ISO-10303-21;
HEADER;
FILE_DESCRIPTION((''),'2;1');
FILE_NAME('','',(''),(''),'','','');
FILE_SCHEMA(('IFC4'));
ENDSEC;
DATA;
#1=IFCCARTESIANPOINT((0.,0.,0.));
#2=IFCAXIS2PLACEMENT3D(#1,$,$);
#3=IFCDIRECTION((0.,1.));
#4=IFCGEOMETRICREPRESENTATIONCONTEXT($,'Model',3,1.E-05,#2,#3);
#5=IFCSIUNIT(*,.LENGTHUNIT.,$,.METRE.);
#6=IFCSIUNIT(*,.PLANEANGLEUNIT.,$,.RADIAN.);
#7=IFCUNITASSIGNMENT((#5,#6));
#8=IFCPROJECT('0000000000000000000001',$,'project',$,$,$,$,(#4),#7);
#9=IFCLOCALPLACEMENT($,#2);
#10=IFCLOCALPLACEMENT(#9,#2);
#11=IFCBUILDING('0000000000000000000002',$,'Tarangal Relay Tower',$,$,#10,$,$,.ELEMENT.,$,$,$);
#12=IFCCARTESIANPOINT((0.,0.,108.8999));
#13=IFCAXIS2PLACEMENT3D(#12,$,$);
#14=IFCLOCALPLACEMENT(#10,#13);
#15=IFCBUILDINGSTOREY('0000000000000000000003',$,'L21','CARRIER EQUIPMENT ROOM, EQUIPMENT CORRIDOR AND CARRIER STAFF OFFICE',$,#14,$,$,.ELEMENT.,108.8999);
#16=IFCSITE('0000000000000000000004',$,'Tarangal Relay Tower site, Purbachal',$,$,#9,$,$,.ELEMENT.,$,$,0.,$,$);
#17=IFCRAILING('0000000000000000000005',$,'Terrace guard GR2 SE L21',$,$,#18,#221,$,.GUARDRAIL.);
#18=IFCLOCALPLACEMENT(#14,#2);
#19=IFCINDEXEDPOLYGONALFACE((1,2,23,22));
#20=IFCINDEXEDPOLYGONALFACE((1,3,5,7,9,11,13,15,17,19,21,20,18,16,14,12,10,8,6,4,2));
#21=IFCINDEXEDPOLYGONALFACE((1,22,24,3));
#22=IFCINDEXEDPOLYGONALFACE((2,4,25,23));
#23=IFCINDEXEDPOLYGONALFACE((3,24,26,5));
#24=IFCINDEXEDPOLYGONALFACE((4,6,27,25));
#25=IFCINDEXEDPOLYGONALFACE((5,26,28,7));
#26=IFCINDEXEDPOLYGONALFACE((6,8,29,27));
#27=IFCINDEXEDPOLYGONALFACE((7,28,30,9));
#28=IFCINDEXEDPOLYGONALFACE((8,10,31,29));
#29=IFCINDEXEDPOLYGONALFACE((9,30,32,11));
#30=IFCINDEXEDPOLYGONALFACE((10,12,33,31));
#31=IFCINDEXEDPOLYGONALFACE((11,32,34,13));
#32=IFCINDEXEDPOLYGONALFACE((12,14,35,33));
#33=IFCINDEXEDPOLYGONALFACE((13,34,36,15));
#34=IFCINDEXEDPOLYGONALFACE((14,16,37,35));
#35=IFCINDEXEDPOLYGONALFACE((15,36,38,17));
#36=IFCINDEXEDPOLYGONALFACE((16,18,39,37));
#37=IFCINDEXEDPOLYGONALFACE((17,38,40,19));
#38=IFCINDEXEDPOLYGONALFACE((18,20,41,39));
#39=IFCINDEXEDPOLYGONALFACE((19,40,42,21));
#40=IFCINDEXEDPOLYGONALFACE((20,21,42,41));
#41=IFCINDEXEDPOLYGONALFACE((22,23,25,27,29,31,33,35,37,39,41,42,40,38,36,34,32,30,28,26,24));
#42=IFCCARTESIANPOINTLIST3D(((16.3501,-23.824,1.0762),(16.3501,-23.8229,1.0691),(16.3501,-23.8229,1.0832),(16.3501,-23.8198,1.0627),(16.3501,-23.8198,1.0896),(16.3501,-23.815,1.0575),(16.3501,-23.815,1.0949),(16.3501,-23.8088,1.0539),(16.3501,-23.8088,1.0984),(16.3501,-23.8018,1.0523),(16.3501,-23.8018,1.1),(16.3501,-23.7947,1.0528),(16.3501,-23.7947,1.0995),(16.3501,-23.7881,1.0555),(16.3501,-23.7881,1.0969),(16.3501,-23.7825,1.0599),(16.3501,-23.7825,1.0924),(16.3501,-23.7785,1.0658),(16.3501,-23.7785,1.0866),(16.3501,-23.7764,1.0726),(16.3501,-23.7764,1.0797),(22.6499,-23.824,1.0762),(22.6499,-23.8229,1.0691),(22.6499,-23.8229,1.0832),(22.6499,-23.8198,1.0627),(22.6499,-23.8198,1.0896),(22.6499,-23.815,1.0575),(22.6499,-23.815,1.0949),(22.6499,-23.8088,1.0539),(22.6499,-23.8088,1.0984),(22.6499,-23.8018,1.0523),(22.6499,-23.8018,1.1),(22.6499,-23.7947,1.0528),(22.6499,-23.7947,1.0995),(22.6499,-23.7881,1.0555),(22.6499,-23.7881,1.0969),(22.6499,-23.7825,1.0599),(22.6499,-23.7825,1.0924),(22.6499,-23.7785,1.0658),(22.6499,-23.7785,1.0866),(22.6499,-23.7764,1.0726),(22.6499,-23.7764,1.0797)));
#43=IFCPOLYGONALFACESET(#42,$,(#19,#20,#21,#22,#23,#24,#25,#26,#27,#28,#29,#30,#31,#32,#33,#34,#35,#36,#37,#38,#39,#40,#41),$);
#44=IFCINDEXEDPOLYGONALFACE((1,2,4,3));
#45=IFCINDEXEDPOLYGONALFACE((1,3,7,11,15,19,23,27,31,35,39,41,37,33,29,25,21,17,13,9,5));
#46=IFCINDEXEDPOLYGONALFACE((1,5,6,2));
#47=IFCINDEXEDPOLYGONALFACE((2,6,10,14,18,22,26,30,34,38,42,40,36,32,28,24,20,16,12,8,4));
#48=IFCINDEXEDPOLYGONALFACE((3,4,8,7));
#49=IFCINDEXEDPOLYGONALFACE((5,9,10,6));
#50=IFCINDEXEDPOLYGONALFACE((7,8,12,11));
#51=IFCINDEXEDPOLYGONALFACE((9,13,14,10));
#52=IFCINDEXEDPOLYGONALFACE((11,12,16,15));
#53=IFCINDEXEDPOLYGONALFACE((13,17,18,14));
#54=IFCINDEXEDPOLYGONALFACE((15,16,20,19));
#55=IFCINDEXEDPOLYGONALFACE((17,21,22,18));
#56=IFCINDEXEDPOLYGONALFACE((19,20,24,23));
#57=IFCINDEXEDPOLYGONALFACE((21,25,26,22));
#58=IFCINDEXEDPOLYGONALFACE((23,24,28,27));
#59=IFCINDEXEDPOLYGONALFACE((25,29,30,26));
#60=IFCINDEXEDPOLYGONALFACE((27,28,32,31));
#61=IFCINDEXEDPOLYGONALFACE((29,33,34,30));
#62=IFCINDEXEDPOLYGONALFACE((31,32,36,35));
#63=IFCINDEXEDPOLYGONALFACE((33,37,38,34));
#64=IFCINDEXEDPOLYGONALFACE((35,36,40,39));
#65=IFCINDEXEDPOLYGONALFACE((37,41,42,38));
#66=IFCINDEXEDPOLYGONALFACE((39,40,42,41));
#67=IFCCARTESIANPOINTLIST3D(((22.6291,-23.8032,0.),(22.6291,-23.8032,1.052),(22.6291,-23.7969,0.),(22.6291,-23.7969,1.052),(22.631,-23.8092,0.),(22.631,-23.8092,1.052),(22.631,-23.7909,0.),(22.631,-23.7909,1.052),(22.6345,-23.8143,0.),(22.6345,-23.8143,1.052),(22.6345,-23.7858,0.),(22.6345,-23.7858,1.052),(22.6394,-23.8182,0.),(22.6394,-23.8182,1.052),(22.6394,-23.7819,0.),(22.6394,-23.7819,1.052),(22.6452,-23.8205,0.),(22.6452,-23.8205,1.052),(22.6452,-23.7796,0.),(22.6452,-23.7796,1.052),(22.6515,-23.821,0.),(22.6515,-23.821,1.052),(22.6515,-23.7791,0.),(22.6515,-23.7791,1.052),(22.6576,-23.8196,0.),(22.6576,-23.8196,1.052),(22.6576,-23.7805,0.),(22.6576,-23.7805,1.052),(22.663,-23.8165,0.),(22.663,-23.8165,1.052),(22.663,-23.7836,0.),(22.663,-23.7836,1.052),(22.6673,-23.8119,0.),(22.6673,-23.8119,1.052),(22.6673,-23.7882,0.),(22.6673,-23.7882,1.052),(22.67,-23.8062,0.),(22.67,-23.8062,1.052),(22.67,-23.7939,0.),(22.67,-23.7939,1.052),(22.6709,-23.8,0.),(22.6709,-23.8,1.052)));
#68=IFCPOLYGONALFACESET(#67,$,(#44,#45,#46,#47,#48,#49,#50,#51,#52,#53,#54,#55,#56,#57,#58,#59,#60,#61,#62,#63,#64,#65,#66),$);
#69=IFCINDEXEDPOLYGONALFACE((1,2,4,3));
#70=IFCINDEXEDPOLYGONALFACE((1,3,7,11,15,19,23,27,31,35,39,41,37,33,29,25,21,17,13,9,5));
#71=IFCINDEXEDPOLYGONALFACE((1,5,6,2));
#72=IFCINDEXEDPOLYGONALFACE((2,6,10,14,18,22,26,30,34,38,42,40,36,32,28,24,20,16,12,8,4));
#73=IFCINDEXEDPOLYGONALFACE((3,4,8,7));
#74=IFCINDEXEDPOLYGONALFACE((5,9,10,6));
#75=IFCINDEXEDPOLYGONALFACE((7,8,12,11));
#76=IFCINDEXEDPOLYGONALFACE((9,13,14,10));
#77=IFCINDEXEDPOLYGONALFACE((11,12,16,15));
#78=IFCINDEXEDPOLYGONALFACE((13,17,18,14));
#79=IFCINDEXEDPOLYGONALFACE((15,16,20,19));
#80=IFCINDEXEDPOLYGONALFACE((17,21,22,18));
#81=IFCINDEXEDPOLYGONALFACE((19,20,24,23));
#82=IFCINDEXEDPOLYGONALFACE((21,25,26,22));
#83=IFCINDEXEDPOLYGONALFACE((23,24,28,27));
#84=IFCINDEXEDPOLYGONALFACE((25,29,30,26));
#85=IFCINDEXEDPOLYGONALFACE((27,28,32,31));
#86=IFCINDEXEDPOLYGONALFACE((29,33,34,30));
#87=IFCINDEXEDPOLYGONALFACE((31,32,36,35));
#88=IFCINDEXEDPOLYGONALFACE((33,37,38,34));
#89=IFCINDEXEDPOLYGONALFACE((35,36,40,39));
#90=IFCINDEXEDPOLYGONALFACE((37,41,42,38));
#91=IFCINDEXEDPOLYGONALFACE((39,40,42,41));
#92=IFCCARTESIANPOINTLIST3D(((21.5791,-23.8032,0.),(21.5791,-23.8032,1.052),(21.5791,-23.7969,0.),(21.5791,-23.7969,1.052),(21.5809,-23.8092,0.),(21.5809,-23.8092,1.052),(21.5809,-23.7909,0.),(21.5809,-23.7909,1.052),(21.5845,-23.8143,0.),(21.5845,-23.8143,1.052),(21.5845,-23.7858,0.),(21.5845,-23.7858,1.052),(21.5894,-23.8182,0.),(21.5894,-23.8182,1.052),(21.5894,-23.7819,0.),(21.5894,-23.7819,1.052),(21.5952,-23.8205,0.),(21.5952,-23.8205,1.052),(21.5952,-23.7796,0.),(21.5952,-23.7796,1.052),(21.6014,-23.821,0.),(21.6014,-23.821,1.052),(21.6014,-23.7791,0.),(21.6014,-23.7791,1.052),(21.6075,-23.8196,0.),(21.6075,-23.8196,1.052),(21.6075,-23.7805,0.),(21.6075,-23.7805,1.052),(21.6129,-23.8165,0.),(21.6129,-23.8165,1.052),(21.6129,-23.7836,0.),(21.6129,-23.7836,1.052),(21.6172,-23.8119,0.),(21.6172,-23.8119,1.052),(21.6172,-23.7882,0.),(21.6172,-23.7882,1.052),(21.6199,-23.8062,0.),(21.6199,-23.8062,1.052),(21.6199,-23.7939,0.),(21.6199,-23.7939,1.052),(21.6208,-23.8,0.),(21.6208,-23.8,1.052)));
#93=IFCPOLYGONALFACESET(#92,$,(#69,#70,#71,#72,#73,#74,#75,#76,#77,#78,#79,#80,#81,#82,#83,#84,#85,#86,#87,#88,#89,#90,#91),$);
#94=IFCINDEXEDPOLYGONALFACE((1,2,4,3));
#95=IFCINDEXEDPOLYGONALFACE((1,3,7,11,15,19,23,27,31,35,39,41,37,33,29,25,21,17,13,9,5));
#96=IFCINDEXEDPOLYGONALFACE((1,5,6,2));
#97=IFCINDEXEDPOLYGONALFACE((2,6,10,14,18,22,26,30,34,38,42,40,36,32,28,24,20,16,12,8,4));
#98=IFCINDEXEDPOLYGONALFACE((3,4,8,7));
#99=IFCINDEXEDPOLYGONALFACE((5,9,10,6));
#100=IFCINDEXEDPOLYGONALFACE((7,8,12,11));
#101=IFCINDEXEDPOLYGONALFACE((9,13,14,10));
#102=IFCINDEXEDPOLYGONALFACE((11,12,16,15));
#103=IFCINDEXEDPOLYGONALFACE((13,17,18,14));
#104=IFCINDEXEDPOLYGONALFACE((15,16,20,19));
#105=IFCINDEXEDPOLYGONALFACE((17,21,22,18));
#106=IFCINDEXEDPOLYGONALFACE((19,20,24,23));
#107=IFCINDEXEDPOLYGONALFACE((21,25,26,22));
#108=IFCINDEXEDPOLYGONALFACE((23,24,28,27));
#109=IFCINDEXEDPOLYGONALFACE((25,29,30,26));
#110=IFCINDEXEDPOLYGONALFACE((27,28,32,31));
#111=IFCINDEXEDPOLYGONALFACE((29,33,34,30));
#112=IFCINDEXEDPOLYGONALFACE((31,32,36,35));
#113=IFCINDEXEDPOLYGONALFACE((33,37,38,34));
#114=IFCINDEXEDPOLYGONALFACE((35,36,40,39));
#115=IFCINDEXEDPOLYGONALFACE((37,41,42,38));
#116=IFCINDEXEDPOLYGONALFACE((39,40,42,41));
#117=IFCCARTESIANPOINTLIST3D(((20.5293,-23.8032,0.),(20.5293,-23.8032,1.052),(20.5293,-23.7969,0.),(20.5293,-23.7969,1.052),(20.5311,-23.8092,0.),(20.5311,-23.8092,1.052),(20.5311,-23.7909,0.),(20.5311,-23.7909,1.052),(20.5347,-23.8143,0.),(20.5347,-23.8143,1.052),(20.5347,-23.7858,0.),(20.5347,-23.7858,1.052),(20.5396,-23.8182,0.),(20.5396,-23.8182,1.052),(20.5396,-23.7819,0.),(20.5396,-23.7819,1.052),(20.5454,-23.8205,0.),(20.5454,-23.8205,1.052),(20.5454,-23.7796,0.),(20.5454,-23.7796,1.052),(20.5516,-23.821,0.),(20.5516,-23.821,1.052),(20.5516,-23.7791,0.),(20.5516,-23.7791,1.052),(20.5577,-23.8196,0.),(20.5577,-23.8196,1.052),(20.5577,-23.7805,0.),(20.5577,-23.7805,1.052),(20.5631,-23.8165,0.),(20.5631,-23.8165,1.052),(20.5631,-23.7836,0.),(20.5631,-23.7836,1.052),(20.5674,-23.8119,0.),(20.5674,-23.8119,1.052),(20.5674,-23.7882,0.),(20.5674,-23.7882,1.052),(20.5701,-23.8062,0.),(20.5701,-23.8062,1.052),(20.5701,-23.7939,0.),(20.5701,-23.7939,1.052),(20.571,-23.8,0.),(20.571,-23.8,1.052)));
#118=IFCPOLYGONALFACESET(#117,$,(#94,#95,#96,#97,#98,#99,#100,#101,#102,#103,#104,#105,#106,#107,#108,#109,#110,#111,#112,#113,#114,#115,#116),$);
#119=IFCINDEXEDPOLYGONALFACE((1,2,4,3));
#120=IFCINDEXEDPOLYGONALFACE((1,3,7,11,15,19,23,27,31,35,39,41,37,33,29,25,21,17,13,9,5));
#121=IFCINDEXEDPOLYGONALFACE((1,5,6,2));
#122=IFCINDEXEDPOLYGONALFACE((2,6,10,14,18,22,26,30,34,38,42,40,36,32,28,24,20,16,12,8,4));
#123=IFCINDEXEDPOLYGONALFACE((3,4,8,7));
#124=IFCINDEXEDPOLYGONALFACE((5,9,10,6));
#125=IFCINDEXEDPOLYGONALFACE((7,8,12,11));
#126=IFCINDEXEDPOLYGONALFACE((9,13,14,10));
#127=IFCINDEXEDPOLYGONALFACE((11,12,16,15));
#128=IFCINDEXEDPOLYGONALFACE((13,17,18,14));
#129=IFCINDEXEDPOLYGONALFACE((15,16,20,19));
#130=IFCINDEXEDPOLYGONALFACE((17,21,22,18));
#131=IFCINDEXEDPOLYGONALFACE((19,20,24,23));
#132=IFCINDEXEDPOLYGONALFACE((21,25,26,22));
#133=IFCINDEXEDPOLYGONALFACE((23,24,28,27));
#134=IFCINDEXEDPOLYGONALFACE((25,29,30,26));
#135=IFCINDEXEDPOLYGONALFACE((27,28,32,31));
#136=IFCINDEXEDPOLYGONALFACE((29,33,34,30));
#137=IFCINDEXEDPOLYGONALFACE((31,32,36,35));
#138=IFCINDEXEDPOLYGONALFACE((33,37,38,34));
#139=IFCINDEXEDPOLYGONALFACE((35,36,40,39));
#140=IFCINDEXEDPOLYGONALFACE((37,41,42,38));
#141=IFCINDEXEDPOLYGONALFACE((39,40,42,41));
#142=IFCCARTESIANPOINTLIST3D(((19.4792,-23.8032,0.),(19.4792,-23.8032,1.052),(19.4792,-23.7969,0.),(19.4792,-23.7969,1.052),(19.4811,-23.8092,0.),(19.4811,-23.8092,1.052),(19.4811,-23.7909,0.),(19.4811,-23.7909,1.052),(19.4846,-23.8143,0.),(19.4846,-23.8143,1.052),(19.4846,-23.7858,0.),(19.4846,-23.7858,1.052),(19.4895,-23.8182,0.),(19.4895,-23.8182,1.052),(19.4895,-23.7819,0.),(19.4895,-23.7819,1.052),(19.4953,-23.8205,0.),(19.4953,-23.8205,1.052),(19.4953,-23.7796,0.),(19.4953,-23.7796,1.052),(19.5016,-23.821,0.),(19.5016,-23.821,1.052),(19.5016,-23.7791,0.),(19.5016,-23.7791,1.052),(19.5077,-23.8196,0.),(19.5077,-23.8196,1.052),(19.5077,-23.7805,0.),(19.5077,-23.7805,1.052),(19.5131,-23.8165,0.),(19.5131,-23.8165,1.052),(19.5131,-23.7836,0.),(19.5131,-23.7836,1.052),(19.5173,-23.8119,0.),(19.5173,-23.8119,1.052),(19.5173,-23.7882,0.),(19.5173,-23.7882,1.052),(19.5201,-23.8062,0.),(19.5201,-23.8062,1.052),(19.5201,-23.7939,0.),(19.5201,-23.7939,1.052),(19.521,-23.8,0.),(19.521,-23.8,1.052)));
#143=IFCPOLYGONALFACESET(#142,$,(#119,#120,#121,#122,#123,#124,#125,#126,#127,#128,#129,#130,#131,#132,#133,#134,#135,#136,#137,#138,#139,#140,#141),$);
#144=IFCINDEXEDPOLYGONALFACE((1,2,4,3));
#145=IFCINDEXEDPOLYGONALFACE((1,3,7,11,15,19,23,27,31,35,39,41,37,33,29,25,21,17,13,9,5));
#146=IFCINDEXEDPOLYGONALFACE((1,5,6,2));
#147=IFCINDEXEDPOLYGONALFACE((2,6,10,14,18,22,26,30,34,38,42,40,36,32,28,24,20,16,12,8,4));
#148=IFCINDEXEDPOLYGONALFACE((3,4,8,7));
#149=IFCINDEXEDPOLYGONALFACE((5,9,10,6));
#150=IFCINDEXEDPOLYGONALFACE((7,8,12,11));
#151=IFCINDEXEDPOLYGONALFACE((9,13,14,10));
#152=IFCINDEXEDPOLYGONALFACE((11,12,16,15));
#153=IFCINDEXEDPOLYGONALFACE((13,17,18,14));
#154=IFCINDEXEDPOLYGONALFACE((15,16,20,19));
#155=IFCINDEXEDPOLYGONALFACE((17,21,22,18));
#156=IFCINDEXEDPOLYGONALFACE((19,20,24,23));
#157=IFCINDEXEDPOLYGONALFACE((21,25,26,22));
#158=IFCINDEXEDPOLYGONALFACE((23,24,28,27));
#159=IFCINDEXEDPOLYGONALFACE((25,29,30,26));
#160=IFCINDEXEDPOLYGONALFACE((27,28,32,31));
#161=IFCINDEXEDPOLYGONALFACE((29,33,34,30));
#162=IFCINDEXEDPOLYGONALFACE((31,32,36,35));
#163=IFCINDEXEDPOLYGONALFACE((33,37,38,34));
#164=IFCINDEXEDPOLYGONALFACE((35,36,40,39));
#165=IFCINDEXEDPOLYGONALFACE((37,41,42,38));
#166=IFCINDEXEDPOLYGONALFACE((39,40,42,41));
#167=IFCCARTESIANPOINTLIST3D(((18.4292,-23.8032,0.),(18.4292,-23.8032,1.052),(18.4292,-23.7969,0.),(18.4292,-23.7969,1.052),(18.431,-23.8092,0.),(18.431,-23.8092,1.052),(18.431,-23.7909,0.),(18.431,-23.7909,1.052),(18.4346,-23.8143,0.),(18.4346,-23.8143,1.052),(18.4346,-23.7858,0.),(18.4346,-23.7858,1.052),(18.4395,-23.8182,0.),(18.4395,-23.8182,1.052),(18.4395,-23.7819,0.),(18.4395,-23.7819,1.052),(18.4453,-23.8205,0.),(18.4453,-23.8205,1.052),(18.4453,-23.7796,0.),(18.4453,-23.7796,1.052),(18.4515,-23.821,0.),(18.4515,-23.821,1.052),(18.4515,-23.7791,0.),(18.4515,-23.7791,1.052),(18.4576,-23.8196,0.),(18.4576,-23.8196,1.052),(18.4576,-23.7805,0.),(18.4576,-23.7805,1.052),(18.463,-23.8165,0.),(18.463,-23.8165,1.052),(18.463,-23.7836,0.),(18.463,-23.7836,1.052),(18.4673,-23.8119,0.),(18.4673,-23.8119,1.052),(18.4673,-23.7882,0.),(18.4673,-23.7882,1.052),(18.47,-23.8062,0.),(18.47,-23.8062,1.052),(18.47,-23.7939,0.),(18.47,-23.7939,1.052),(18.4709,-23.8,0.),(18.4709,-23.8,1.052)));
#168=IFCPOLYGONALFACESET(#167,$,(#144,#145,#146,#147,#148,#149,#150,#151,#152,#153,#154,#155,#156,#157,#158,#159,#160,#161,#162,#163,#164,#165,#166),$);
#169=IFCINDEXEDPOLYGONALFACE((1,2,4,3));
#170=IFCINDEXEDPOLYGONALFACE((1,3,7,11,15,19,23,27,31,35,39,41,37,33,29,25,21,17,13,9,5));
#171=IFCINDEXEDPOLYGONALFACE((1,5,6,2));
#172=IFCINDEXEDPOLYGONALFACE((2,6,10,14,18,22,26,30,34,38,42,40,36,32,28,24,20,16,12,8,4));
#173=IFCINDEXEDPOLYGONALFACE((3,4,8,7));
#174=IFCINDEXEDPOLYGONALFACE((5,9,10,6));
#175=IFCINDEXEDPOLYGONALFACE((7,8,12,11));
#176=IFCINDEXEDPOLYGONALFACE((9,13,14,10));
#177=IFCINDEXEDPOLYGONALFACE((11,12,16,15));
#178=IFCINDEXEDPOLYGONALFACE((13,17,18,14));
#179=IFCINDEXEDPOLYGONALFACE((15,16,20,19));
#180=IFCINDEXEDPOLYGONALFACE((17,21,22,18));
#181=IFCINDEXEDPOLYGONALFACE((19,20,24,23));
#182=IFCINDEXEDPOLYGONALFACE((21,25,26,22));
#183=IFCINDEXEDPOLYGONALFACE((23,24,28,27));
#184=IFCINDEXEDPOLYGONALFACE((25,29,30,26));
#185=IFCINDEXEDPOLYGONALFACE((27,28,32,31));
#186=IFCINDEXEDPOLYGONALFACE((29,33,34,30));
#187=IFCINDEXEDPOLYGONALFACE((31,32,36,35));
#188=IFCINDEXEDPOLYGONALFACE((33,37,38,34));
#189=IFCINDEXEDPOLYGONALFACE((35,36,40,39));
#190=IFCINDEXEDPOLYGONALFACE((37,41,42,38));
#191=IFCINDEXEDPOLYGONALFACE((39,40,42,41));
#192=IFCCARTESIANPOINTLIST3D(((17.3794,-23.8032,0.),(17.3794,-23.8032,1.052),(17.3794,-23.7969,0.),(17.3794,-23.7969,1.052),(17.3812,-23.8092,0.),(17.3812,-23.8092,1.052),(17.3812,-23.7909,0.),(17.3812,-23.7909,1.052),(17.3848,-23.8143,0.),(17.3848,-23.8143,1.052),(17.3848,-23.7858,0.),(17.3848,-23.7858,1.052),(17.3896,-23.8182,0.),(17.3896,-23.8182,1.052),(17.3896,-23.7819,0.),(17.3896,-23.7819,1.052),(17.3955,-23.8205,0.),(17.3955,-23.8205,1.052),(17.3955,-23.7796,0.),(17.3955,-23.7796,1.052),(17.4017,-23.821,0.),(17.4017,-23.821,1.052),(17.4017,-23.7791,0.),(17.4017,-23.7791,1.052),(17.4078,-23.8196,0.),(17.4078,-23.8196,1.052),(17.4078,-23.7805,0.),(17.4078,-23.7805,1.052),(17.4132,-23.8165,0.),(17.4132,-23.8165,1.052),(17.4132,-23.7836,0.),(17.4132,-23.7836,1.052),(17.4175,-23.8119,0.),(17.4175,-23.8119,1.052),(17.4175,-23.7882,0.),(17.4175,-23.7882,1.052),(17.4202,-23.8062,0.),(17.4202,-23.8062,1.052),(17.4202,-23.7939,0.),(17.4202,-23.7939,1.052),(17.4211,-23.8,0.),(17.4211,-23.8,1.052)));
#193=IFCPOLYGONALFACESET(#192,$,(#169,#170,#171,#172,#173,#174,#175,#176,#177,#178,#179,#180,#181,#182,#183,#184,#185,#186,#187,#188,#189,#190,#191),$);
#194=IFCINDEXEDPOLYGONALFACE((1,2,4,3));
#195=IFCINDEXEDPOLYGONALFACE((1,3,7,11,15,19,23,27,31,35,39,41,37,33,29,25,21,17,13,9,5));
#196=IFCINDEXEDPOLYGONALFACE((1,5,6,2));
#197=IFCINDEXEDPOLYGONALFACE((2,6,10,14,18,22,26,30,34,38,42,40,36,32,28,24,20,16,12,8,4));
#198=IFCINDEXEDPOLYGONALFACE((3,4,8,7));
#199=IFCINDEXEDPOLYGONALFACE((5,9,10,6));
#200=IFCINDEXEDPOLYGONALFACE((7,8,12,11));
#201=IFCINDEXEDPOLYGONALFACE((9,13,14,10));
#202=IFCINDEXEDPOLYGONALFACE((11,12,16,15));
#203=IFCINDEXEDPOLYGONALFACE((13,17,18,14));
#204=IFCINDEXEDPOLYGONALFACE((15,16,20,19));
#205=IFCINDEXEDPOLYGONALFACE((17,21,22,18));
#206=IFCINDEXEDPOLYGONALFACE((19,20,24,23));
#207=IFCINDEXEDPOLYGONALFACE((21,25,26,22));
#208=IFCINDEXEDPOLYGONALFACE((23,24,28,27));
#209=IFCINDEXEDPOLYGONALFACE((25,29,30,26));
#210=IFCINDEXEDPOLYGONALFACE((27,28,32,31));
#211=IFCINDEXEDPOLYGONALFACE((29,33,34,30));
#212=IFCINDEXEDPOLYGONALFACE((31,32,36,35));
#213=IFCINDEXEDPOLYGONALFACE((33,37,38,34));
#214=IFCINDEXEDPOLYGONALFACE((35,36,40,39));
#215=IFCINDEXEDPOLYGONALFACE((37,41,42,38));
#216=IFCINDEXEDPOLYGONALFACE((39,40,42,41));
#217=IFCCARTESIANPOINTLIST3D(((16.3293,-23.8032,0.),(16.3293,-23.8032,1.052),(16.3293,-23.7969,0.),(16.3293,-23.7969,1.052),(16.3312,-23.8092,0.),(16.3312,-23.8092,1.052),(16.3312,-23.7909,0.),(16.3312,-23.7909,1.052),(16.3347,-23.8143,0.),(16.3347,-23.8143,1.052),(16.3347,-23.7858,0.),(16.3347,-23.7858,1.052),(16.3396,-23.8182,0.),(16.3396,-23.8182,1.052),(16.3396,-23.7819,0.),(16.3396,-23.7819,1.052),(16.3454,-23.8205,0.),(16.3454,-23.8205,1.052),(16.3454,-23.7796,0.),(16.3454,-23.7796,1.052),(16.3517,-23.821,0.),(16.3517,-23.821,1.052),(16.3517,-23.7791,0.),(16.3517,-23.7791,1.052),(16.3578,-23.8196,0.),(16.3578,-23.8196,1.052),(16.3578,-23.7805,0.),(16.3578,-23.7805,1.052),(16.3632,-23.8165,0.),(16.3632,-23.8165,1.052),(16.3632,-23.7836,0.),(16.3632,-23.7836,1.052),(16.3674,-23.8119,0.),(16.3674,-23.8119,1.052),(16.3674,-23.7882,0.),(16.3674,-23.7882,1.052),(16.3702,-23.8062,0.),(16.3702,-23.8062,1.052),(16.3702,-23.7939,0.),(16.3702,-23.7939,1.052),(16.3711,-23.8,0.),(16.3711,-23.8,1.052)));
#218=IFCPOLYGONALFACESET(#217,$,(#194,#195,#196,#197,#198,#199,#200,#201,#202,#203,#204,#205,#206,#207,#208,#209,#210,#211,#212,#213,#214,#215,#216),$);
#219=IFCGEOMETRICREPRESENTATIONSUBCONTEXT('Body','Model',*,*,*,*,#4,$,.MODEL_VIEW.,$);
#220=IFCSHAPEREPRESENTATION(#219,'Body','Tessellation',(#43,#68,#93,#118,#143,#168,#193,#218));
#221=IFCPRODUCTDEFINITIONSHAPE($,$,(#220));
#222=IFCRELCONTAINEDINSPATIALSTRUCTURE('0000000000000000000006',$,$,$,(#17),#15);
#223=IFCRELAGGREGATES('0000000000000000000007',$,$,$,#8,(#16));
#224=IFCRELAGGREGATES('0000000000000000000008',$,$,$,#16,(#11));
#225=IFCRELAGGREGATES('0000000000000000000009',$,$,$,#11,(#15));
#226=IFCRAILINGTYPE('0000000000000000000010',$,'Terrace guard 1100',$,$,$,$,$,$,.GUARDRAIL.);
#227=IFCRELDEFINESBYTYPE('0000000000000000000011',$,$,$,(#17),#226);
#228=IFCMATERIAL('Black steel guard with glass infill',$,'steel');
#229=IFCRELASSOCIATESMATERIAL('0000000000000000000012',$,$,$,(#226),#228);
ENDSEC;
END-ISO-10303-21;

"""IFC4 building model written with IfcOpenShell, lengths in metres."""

from ifc_helpers import new_model, si_unit, direction, frame, origin, origin_2d, place, context, subcontext, project, spatial, circle, extrude, material, type_object, element, save


model = new_model("IFC4")

# Units and contexts
model_context = context("Model", 3, precision=1e-05, world=origin(), true_north=direction((0.0, 1.0)))
body_context = subcontext(model_context, "Body", "Model", "MODEL_VIEW")
ifc_project = project(units=[si_unit("LENGTHUNIT", "METRE"), si_unit("PLANEANGLEUNIT", "RADIAN")], contexts=[model_context])

# Site, building, storey
site_placement = place(None, origin())
site = spatial("IfcSite", under=ifc_project, at=site_placement, Name="Tarangal Relay Tower site, Purbachal", CompositionType="ELEMENT", RefElevation=0.0)
building_placement = place(site_placement, origin())
building = spatial("IfcBuilding", under=site, at=building_placement, Name="Tarangal Relay Tower", CompositionType="ELEMENT")
storey_placement = place(building_placement, frame((0.0, 0.0, 108.8999)))
storey = spatial("IfcBuildingStorey", under=building, at=storey_placement, Name="L21", Description="CARRIER EQUIPMENT ROOM, EQUIPMENT CORRIDOR AND CARRIER STAFF OFFICE", CompositionType="ELEMENT", Elevation=108.8999)

# Railing
ifc_material_1 = material(Name="Black steel guard with glass infill", Category="steel")
railing_type = type_object("IfcRailingType", Name="Terrace guard 1100", PredefinedType="GUARDRAIL", material=ifc_material_1)
railing_1_placement = place(storey_placement, frame((22.6499, -23.8, 0.0)))
element("IfcRailing", 1, at=railing_1_placement, inside=storey, type_object=railing_type, Name="Terrace guard GR2 SE L21", PredefinedType="GUARDRAIL", context=body_context, shape_type="SweptSolid", body=[
    extrude(circle(Radius=0.0239, at=origin_2d()), frame((0.0, 0.0, 1.0762), z_axis=(-1.0, 0.0, 0.0), x_axis=(0.0, -1.0, 0.0)), (0.0, 0.0, 1.0), 6.2998),
    extrude(circle(Radius=0.021, at=origin_2d()), origin(), (0.0, 0.0, 1.0), 1.052),
    extrude(circle(Radius=0.021, at=origin_2d()), frame((-1.05, 0.0, 0.0)), (0.0, 0.0, 1.0), 1.052),
    extrude(circle(Radius=0.021, at=origin_2d()), frame((-2.0999, 0.0, 0.0)), (0.0, 0.0, 1.0), 1.052),
    extrude(circle(Radius=0.021, at=origin_2d()), frame((-3.1499, 0.0, 0.0)), (0.0, 0.0, 1.0), 1.052),
    extrude(circle(Radius=0.021, at=origin_2d()), frame((-4.2, 0.0, 0.0)), (0.0, 0.0, 1.0), 1.052),
    extrude(circle(Radius=0.021, at=origin_2d()), frame((-5.2498, 0.0, 0.0)), (0.0, 0.0, 1.0), 1.052),
    extrude(circle(Radius=0.021, at=origin_2d()), frame((-6.2998, 0.0, 0.0)), (0.0, 0.0, 1.0), 1.052),
])

save(model, "model.ifc")
